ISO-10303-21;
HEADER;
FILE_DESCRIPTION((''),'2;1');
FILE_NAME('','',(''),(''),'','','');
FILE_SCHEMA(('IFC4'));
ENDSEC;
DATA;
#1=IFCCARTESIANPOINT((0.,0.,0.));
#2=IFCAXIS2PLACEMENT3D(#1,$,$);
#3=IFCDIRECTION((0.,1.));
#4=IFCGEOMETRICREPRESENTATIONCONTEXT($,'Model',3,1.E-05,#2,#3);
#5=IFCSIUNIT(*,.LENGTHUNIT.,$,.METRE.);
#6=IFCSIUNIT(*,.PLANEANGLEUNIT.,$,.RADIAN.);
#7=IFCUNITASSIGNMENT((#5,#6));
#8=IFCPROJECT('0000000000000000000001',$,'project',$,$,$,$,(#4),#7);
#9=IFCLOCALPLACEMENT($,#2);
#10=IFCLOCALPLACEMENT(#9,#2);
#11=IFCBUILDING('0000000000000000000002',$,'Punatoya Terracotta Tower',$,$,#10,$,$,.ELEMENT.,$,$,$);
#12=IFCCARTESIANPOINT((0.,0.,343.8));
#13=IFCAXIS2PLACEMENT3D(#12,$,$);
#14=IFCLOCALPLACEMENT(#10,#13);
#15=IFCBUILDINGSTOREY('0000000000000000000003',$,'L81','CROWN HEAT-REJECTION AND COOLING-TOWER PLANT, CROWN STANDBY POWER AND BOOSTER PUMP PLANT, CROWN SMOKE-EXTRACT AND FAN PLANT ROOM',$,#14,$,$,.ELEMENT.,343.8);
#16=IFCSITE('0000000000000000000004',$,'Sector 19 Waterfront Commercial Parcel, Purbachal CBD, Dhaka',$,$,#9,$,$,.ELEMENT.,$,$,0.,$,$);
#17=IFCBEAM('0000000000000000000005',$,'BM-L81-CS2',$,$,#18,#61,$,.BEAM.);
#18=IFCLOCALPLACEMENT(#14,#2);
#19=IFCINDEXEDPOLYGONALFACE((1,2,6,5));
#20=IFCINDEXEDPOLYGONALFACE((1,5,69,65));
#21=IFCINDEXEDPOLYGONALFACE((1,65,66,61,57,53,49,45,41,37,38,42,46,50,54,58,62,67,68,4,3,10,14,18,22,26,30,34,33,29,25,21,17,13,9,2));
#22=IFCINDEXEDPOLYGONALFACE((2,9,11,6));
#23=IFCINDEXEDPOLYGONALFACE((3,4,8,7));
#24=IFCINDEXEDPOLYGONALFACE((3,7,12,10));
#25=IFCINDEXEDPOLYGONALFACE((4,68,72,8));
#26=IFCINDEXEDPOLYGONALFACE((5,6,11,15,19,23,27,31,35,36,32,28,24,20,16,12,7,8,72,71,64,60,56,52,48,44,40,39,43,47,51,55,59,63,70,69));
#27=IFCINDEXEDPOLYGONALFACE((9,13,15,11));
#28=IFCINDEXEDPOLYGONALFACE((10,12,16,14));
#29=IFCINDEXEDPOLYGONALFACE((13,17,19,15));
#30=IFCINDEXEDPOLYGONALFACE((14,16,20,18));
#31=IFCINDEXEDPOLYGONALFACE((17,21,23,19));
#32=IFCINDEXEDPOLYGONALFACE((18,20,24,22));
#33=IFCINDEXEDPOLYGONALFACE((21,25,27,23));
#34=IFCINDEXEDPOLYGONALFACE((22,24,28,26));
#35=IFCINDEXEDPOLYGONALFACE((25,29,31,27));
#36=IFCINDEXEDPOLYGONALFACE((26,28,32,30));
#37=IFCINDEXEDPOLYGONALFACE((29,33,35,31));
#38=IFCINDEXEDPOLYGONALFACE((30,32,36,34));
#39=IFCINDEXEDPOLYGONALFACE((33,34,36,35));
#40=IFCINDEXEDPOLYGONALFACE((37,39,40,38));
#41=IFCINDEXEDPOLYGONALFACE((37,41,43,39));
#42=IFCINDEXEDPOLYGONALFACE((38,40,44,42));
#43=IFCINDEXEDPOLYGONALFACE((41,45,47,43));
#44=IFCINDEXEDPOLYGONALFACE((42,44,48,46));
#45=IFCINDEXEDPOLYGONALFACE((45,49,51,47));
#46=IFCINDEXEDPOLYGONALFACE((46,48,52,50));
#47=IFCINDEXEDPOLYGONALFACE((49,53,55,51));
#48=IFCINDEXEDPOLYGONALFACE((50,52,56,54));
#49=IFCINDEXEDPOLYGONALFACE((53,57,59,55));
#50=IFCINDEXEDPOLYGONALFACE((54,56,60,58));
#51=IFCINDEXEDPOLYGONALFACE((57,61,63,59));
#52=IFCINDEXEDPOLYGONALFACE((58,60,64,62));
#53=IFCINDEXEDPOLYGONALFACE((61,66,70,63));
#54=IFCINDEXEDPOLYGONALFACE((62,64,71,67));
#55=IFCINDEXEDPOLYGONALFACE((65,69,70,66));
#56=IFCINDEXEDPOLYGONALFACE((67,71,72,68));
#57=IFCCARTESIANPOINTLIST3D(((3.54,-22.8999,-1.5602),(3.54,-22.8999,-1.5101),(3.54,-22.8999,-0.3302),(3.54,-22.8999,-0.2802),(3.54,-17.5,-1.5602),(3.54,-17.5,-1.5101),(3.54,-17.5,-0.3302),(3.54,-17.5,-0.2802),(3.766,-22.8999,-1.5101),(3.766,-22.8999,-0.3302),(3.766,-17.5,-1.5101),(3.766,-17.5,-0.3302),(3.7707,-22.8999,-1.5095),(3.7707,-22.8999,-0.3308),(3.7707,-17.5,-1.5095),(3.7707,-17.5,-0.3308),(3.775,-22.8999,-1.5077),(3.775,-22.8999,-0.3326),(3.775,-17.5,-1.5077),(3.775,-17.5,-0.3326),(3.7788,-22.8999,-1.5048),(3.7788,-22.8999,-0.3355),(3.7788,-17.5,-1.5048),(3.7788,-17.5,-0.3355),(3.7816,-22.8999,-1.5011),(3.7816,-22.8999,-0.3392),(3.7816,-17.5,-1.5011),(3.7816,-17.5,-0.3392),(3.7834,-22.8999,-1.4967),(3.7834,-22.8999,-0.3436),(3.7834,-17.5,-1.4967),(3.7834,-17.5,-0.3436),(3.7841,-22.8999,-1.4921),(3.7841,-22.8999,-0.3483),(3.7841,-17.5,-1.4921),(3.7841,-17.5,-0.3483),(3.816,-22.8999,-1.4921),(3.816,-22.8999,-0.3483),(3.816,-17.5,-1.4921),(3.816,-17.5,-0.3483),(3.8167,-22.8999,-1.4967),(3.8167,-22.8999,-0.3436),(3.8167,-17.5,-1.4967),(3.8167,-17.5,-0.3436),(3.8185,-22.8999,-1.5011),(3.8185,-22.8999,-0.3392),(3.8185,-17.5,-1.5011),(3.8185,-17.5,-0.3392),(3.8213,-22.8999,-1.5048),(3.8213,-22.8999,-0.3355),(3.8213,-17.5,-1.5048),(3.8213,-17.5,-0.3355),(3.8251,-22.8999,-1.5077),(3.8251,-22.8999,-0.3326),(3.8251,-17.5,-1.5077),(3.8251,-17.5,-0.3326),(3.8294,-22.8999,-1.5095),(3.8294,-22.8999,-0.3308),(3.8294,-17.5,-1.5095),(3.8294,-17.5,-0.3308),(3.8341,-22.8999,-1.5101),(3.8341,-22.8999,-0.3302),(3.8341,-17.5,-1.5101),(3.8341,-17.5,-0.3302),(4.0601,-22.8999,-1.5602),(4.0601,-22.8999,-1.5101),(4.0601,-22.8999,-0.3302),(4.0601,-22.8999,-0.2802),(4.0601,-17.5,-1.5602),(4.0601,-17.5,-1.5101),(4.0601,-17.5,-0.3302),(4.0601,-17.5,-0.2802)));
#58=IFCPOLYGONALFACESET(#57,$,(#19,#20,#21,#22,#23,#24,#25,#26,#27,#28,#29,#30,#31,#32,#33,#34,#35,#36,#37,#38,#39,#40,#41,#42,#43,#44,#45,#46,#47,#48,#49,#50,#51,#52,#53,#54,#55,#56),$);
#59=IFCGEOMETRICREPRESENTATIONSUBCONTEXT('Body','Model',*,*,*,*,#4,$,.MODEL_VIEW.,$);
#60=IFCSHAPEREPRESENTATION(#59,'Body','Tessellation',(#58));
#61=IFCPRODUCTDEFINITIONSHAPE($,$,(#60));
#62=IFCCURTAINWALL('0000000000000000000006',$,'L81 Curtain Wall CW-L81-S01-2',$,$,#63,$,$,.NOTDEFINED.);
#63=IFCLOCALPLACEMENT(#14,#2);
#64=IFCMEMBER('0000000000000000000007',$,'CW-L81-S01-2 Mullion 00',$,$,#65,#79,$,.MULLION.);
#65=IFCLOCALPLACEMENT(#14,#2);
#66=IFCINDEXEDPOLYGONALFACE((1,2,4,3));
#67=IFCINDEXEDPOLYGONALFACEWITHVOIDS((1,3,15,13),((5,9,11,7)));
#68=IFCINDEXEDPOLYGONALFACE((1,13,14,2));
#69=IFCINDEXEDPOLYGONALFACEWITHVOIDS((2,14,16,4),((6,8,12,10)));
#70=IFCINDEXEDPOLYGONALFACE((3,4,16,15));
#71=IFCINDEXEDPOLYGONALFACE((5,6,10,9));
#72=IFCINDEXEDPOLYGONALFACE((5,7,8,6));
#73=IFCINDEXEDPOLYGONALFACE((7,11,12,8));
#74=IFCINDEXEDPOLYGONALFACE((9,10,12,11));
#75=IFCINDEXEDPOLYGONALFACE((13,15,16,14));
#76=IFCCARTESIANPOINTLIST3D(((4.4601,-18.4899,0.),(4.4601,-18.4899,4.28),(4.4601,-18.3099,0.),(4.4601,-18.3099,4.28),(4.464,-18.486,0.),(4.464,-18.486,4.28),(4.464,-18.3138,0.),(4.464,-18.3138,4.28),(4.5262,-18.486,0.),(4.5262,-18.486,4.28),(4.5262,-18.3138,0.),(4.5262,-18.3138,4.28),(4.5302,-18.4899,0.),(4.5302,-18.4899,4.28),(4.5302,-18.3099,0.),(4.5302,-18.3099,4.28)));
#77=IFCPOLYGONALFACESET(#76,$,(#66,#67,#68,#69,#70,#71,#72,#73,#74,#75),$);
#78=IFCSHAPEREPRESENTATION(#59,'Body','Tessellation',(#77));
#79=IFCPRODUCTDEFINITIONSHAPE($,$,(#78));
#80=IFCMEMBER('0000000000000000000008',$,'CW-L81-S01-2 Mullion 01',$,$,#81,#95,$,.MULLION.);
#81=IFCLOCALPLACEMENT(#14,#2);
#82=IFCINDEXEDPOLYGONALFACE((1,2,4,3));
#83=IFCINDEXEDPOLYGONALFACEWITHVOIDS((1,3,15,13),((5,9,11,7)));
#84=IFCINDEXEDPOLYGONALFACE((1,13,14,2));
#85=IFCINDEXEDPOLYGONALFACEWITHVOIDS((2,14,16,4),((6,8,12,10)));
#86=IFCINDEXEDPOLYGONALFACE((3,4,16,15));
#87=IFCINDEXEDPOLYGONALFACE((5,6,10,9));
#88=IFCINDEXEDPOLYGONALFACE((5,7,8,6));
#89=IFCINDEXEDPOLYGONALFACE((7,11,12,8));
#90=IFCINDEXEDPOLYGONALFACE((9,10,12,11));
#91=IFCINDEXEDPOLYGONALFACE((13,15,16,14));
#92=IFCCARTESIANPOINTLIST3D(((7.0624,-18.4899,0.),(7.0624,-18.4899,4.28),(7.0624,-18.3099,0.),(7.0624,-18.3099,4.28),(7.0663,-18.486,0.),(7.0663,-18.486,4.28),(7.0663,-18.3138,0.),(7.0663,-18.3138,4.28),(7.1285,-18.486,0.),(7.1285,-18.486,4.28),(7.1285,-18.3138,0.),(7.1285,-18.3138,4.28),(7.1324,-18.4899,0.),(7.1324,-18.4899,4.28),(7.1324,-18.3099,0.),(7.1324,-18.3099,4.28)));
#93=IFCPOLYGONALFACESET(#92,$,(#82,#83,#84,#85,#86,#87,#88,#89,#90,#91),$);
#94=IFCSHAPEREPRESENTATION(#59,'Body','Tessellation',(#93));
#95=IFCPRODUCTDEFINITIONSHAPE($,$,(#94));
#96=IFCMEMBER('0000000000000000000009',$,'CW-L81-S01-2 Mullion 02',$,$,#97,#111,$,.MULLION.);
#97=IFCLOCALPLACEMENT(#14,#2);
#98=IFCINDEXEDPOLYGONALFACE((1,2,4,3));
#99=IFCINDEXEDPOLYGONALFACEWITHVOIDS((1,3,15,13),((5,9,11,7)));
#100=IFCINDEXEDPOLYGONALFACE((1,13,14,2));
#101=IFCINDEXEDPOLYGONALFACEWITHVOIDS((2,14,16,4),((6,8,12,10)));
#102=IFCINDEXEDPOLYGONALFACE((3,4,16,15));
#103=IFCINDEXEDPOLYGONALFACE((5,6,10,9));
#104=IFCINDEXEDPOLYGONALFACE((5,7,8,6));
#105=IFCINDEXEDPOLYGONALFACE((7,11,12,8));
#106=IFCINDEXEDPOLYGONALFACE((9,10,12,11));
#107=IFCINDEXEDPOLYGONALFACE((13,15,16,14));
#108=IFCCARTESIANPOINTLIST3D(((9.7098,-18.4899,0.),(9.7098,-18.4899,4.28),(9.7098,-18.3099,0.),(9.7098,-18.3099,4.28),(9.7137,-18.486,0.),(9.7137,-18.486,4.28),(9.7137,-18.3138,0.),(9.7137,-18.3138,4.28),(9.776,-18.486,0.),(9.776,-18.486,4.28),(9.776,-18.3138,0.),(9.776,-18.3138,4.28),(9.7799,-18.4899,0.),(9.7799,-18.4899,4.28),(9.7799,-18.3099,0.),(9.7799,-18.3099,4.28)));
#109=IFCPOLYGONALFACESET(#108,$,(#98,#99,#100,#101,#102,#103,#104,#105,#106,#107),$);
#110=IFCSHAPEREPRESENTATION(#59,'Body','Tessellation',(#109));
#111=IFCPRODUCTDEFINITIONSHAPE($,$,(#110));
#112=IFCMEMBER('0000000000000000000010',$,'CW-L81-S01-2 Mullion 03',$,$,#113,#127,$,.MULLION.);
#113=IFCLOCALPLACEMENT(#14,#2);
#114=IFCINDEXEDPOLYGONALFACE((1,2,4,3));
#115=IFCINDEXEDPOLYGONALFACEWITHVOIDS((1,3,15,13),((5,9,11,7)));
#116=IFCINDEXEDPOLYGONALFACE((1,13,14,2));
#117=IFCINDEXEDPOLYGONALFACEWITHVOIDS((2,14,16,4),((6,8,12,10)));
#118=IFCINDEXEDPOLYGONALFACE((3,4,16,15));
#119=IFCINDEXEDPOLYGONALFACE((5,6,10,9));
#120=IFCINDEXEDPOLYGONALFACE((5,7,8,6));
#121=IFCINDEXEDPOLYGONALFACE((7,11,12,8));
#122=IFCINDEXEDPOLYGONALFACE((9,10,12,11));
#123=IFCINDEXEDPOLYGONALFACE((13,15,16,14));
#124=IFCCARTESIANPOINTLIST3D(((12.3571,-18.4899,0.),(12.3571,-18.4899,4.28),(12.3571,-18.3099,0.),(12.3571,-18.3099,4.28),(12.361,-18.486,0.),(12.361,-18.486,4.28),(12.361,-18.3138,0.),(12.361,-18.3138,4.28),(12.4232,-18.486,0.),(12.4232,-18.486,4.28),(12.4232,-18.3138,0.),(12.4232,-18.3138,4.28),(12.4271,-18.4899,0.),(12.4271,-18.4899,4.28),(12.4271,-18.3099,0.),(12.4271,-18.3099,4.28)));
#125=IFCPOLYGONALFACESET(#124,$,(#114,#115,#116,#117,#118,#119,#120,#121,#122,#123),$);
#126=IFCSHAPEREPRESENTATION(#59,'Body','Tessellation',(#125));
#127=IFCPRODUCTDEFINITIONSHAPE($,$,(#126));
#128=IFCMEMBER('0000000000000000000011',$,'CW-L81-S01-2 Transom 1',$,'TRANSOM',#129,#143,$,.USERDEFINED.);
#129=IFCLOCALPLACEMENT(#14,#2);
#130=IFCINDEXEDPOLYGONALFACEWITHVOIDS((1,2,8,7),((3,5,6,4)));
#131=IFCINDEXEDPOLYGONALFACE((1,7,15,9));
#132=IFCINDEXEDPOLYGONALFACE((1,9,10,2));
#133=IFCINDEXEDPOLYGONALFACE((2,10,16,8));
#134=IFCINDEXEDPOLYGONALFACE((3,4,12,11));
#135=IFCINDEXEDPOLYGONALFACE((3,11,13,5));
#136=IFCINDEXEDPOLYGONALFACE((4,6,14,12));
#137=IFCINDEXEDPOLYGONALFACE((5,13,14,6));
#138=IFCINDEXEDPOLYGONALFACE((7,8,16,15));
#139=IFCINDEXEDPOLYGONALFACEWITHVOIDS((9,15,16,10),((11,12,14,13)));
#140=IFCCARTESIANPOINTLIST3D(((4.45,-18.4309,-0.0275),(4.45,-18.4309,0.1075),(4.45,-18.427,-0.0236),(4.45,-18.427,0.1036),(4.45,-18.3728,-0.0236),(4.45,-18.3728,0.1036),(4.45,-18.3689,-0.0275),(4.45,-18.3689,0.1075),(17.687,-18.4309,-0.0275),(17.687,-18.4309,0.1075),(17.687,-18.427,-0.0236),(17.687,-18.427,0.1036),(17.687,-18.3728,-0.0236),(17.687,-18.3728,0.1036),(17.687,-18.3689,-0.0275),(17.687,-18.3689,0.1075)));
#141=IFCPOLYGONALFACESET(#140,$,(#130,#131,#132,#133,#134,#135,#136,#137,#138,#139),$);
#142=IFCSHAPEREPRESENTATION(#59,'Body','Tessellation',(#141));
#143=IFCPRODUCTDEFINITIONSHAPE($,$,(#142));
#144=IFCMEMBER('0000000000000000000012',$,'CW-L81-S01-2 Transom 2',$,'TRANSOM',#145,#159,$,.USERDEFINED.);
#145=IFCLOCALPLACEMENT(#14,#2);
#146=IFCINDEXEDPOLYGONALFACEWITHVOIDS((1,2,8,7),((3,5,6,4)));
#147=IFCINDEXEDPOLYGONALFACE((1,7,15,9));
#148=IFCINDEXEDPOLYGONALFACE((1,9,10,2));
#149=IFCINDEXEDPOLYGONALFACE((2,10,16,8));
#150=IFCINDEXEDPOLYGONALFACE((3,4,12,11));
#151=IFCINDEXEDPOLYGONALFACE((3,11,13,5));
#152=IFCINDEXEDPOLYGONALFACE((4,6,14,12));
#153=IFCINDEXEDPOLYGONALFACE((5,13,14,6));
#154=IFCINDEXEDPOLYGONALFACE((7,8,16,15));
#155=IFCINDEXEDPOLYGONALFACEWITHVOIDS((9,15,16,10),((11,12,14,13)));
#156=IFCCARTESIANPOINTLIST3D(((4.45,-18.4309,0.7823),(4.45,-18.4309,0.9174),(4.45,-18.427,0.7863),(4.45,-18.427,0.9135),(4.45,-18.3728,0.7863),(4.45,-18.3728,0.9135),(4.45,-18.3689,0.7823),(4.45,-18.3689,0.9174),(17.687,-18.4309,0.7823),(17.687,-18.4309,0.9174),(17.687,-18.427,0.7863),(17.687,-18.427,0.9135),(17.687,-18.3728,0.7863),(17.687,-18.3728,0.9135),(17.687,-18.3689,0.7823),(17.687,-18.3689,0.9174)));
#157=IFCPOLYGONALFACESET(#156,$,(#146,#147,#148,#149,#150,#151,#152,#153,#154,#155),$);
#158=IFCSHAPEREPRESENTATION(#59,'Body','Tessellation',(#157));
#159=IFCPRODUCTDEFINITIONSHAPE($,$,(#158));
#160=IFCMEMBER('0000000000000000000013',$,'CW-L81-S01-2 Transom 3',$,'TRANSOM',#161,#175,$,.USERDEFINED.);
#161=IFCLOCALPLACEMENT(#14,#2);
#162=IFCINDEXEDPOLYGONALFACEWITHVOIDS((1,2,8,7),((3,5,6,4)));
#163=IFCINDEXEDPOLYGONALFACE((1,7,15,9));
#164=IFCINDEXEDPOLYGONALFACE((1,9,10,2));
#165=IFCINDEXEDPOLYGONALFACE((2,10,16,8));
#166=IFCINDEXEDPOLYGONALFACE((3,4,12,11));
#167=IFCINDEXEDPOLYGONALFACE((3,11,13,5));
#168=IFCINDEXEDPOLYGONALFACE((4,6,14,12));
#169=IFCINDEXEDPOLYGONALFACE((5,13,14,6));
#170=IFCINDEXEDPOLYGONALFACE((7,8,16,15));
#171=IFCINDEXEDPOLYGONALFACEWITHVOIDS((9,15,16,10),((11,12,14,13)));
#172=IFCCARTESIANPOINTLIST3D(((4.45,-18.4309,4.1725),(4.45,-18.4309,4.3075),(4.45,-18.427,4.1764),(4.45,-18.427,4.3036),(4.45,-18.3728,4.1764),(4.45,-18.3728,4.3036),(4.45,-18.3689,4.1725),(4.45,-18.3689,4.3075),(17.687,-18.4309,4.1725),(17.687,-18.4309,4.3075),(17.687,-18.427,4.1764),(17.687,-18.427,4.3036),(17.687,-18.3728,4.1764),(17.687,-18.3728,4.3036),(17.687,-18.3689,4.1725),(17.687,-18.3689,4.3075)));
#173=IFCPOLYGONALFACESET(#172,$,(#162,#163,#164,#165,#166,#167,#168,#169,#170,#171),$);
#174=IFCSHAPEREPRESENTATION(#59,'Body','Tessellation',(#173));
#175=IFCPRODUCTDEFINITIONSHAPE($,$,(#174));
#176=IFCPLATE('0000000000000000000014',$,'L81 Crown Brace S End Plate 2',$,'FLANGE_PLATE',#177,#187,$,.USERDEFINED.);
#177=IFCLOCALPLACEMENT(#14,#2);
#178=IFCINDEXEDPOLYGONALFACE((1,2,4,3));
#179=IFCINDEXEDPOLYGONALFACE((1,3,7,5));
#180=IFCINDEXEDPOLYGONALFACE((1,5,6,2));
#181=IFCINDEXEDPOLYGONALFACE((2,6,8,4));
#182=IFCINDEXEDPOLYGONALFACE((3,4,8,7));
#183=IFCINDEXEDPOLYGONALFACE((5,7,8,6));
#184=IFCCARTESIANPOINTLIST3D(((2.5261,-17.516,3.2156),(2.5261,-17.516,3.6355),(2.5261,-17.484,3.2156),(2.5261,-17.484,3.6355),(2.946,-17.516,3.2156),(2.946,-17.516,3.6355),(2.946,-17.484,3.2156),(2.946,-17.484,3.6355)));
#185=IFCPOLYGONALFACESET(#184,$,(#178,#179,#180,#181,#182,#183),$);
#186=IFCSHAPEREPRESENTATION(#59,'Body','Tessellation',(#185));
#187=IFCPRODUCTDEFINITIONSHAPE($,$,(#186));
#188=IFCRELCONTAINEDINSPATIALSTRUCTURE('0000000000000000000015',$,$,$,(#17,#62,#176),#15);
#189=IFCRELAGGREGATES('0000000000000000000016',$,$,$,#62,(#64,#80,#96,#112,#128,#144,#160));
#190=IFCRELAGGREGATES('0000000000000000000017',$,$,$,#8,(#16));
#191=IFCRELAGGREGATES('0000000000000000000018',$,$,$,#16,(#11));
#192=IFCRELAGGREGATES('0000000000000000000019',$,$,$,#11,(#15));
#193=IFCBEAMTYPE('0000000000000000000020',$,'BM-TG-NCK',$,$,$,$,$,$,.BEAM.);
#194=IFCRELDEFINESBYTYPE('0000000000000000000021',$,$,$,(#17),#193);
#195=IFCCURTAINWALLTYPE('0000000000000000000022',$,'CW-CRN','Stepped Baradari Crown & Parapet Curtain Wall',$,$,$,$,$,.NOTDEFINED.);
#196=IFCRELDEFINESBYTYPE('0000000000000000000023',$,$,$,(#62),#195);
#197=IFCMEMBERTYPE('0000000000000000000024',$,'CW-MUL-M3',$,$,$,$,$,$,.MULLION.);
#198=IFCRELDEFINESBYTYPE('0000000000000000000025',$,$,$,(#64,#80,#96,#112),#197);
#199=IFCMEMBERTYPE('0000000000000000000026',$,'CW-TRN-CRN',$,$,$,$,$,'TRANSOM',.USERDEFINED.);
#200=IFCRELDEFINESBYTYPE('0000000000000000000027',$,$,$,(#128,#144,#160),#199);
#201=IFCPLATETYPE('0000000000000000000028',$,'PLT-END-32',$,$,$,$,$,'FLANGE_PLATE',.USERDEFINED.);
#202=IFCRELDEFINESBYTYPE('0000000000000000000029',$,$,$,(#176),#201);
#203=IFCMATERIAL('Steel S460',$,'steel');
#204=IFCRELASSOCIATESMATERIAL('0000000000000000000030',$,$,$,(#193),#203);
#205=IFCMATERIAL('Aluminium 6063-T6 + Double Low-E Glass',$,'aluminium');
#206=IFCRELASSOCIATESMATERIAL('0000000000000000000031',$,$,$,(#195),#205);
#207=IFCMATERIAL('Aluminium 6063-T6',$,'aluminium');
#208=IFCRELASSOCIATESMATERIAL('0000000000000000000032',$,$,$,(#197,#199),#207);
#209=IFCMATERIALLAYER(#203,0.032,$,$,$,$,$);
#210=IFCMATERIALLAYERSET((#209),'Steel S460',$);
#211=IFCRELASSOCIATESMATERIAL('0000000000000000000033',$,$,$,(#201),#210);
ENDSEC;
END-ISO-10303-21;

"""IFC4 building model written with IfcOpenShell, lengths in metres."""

from ifc_helpers import new_model, si_unit, direction, frame, origin, origin_2d, place, context, subcontext, project, spatial, rectangle, hollow_rectangle, i_section, extrude, material, layer, layer_set, material_profile, profile_set, type_object, element, aggregate, save


model = new_model("IFC4")

# Units and contexts
model_context = context("Model", 3, precision=1e-05, world=origin(), true_north=direction((0.0, 1.0)))
body_context = subcontext(model_context, "Body", "Model", "MODEL_VIEW")
ifc_project = project(units=[si_unit("LENGTHUNIT", "METRE"), si_unit("PLANEANGLEUNIT", "RADIAN")], contexts=[model_context])

# Site, building, storey
site_placement = place(None, origin())
site = spatial("IfcSite", under=ifc_project, at=site_placement, Name="Sector 19 Waterfront Commercial Parcel, Purbachal CBD, Dhaka", CompositionType="ELEMENT", RefElevation=0.0)
building_placement = place(site_placement, origin())
building = spatial("IfcBuilding", under=site, at=building_placement, Name="Punatoya Terracotta Tower", CompositionType="ELEMENT")
storey_placement = place(building_placement, frame((0.0, 0.0, 343.8)))
storey = spatial("IfcBuildingStorey", under=building, at=storey_placement, Name="L81", Description="CROWN HEAT-REJECTION AND COOLING-TOWER PLANT, CROWN STANDBY POWER AND BOOSTER PUMP PLANT, CROWN SMOKE-EXTRACT AND FAN PLANT ROOM", CompositionType="ELEMENT", Elevation=343.8)

# Shared definitions
ifc_material_1 = material(Name="Steel S460", Category="steel")

# Beam
ifc_material_profile_1 = material_profile(ifc_material_1, i_section(OverallWidth=0.52, OverallDepth=1.28, WebThickness=0.032, FlangeThickness=0.05, FilletRadius=0.0181, at=origin_2d()))
ifc_profile_set_1 = profile_set([ifc_material_profile_1], Name="Steel S460")
beam_type_1 = type_object("IfcBeamType", Name="BM-TG-NCK", PredefinedType="BEAM", material=ifc_profile_set_1)
beam_1_placement = place(storey_placement, frame((3.8, -22.8999, -0.9202), z_axis=(0.0, 1.0, 0.0), x_axis=(-1.0, 0.0, 0.0)))
element("IfcBeam", 1, at=beam_1_placement, inside=storey, type_object=beam_type_1, Name="BM-L81-CS2", PredefinedType="BEAM", context=body_context, shape_type="SweptSolid", body=[
    extrude(i_section(OverallWidth=0.52, OverallDepth=1.28, WebThickness=0.032, FlangeThickness=0.05, FilletRadius=0.0181, at=origin_2d()), origin(), (0.0, 0.0, 1.0), 5.3999),
])

# Curtain wall, members
ifc_material_2 = material(Name="Aluminium 6063-T6 + Double Low-E Glass", Category="aluminium")
curtain_wall_type = type_object("IfcCurtainWallType", Name="CW-CRN", Description="Stepped Baradari Crown & Parapet Curtain Wall", PredefinedType="NOTDEFINED", material=ifc_material_2)
curtain_wall_placement = place(storey_placement, origin())
curtain_wall = element("IfcCurtainWall", 2, at=curtain_wall_placement, inside=storey, type_object=curtain_wall_type, Name="L81 Curtain Wall CW-L81-S01-2", PredefinedType="NOTDEFINED")
ifc_material_3 = material(Name="Aluminium 6063-T6", Category="aluminium")
ifc_material_profile_2 = material_profile(ifc_material_3, hollow_rectangle(XDim=0.0701, YDim=0.1799, WallThickness=0.0039, at=origin_2d()))
ifc_profile_set_2 = profile_set([ifc_material_profile_2], Name="Aluminium 6063-T6")
member_type_1 = type_object("IfcMemberType", Name="CW-MUL-M3", PredefinedType="MULLION", material=ifc_profile_set_2)
member_1_placement = place(storey_placement, frame((4.4951, -18.3999, 0.0), z_axis=(0.0, 0.0, 1.0), x_axis=(1.0, 0.0, 0.0)))
member_1 = element("IfcMember", 3, at=member_1_placement, type_object=member_type_1, Name="CW-L81-S01-2 Mullion 00", PredefinedType="MULLION", context=body_context, shape_type="SweptSolid", body=[
    extrude(hollow_rectangle(XDim=0.0701, YDim=0.1799, WallThickness=0.0039, at=origin_2d()), origin(), (0.0, 0.0, 1.0), 4.28),
])
member_2_placement = place(storey_placement, frame((7.0974, -18.3999, 0.0), z_axis=(0.0, 0.0, 1.0), x_axis=(1.0, 0.0, 0.0)))
member_2 = element("IfcMember", 4, at=member_2_placement, type_object=member_type_1, Name="CW-L81-S01-2 Mullion 01", PredefinedType="MULLION", context=body_context, shape_type="SweptSolid", body=[
    extrude(hollow_rectangle(XDim=0.0701, YDim=0.1799, WallThickness=0.0039, at=origin_2d()), origin(), (0.0, 0.0, 1.0), 4.28),
])
member_3_placement = place(storey_placement, frame((9.7449, -18.3999, 0.0), z_axis=(0.0, 0.0, 1.0), x_axis=(1.0, 0.0, 0.0)))
member_3 = element("IfcMember", 5, at=member_3_placement, type_object=member_type_1, Name="CW-L81-S01-2 Mullion 02", PredefinedType="MULLION", context=body_context, shape_type="SweptSolid", body=[
    extrude(hollow_rectangle(XDim=0.0701, YDim=0.1799, WallThickness=0.0039, at=origin_2d()), origin(), (0.0, 0.0, 1.0), 4.28),
])
member_4_placement = place(storey_placement, frame((12.3921, -18.3999, 0.0), z_axis=(0.0, 0.0, 1.0), x_axis=(1.0, 0.0, 0.0)))
member_4 = element("IfcMember", 6, at=member_4_placement, type_object=member_type_1, Name="CW-L81-S01-2 Mullion 03", PredefinedType="MULLION", context=body_context, shape_type="SweptSolid", body=[
    extrude(hollow_rectangle(XDim=0.0701, YDim=0.1799, WallThickness=0.0039, at=origin_2d()), origin(), (0.0, 0.0, 1.0), 4.28),
])
ifc_material_profile_3 = material_profile(ifc_material_3, hollow_rectangle(XDim=0.062, YDim=0.135, WallThickness=0.0039, at=origin_2d()))
ifc_profile_set_3 = profile_set([ifc_material_profile_3], Name="Aluminium 6063-T6")
member_type_2 = type_object("IfcMemberType", Name="CW-TRN-CRN", ElementType="TRANSOM", PredefinedType="USERDEFINED", material=ifc_profile_set_3)
member_5_placement = place(storey_placement, frame((4.45, -18.3999, 0.04), z_axis=(1.0, 0.0, 0.0), x_axis=(0.0, 1.0, 0.0)))
member_5 = element("IfcMember", 7, at=member_5_placement, type_object=member_type_2, Name="CW-L81-S01-2 Transom 1", ObjectType="TRANSOM", PredefinedType="USERDEFINED", context=body_context, shape_type="SweptSolid", body=[
    extrude(hollow_rectangle(XDim=0.062, YDim=0.135, WallThickness=0.0039, at=origin_2d()), origin(), (0.0, 0.0, 1.0), 13.2371),
])
member_6_placement = place(storey_placement, frame((4.45, -18.3999, 0.8499), z_axis=(1.0, 0.0, 0.0), x_axis=(0.0, 1.0, 0.0)))
member_6 = element("IfcMember", 8, at=member_6_placement, type_object=member_type_2, Name="CW-L81-S01-2 Transom 2", ObjectType="TRANSOM", PredefinedType="USERDEFINED", context=body_context, shape_type="SweptSolid", body=[
    extrude(hollow_rectangle(XDim=0.062, YDim=0.135, WallThickness=0.0039, at=origin_2d()), origin(), (0.0, 0.0, 1.0), 13.2371),
])
member_7_placement = place(storey_placement, frame((4.45, -18.3999, 4.24), z_axis=(1.0, 0.0, 0.0), x_axis=(0.0, 1.0, 0.0)))
member_7 = element("IfcMember", 9, at=member_7_placement, type_object=member_type_2, Name="CW-L81-S01-2 Transom 3", ObjectType="TRANSOM", PredefinedType="USERDEFINED", context=body_context, shape_type="SweptSolid", body=[
    extrude(hollow_rectangle(XDim=0.062, YDim=0.135, WallThickness=0.0039, at=origin_2d()), origin(), (0.0, 0.0, 1.0), 13.2371),
])

# Plate
ifc_layer_1 = layer(ifc_material_1, 0.032)
ifc_layer_set_1 = layer_set([ifc_layer_1], Name="Steel S460")
plate_type_1 = type_object("IfcPlateType", Name="PLT-END-32", ElementType="FLANGE_PLATE", PredefinedType="USERDEFINED", material=ifc_layer_set_1)
plate_1_placement = place(storey_placement, frame((2.7361, -17.5, 3.2156), z_axis=(0.0, 0.0, 1.0), x_axis=(1.0, 0.0, 0.0)))
element("IfcPlate", 10, at=plate_1_placement, inside=storey, type_object=plate_type_1, Name="L81 Crown Brace S End Plate 2", ObjectType="FLANGE_PLATE", PredefinedType="USERDEFINED", context=body_context, shape_type="SweptSolid", body=[
    extrude(rectangle(XDim=0.4199, YDim=0.032, at=origin_2d()), origin(), (0.0, 0.0, 1.0), 0.4199),
])
aggregate(curtain_wall, [member_1, member_2, member_3, member_4, member_5, member_6, member_7])

save(model, "model.ifc")
